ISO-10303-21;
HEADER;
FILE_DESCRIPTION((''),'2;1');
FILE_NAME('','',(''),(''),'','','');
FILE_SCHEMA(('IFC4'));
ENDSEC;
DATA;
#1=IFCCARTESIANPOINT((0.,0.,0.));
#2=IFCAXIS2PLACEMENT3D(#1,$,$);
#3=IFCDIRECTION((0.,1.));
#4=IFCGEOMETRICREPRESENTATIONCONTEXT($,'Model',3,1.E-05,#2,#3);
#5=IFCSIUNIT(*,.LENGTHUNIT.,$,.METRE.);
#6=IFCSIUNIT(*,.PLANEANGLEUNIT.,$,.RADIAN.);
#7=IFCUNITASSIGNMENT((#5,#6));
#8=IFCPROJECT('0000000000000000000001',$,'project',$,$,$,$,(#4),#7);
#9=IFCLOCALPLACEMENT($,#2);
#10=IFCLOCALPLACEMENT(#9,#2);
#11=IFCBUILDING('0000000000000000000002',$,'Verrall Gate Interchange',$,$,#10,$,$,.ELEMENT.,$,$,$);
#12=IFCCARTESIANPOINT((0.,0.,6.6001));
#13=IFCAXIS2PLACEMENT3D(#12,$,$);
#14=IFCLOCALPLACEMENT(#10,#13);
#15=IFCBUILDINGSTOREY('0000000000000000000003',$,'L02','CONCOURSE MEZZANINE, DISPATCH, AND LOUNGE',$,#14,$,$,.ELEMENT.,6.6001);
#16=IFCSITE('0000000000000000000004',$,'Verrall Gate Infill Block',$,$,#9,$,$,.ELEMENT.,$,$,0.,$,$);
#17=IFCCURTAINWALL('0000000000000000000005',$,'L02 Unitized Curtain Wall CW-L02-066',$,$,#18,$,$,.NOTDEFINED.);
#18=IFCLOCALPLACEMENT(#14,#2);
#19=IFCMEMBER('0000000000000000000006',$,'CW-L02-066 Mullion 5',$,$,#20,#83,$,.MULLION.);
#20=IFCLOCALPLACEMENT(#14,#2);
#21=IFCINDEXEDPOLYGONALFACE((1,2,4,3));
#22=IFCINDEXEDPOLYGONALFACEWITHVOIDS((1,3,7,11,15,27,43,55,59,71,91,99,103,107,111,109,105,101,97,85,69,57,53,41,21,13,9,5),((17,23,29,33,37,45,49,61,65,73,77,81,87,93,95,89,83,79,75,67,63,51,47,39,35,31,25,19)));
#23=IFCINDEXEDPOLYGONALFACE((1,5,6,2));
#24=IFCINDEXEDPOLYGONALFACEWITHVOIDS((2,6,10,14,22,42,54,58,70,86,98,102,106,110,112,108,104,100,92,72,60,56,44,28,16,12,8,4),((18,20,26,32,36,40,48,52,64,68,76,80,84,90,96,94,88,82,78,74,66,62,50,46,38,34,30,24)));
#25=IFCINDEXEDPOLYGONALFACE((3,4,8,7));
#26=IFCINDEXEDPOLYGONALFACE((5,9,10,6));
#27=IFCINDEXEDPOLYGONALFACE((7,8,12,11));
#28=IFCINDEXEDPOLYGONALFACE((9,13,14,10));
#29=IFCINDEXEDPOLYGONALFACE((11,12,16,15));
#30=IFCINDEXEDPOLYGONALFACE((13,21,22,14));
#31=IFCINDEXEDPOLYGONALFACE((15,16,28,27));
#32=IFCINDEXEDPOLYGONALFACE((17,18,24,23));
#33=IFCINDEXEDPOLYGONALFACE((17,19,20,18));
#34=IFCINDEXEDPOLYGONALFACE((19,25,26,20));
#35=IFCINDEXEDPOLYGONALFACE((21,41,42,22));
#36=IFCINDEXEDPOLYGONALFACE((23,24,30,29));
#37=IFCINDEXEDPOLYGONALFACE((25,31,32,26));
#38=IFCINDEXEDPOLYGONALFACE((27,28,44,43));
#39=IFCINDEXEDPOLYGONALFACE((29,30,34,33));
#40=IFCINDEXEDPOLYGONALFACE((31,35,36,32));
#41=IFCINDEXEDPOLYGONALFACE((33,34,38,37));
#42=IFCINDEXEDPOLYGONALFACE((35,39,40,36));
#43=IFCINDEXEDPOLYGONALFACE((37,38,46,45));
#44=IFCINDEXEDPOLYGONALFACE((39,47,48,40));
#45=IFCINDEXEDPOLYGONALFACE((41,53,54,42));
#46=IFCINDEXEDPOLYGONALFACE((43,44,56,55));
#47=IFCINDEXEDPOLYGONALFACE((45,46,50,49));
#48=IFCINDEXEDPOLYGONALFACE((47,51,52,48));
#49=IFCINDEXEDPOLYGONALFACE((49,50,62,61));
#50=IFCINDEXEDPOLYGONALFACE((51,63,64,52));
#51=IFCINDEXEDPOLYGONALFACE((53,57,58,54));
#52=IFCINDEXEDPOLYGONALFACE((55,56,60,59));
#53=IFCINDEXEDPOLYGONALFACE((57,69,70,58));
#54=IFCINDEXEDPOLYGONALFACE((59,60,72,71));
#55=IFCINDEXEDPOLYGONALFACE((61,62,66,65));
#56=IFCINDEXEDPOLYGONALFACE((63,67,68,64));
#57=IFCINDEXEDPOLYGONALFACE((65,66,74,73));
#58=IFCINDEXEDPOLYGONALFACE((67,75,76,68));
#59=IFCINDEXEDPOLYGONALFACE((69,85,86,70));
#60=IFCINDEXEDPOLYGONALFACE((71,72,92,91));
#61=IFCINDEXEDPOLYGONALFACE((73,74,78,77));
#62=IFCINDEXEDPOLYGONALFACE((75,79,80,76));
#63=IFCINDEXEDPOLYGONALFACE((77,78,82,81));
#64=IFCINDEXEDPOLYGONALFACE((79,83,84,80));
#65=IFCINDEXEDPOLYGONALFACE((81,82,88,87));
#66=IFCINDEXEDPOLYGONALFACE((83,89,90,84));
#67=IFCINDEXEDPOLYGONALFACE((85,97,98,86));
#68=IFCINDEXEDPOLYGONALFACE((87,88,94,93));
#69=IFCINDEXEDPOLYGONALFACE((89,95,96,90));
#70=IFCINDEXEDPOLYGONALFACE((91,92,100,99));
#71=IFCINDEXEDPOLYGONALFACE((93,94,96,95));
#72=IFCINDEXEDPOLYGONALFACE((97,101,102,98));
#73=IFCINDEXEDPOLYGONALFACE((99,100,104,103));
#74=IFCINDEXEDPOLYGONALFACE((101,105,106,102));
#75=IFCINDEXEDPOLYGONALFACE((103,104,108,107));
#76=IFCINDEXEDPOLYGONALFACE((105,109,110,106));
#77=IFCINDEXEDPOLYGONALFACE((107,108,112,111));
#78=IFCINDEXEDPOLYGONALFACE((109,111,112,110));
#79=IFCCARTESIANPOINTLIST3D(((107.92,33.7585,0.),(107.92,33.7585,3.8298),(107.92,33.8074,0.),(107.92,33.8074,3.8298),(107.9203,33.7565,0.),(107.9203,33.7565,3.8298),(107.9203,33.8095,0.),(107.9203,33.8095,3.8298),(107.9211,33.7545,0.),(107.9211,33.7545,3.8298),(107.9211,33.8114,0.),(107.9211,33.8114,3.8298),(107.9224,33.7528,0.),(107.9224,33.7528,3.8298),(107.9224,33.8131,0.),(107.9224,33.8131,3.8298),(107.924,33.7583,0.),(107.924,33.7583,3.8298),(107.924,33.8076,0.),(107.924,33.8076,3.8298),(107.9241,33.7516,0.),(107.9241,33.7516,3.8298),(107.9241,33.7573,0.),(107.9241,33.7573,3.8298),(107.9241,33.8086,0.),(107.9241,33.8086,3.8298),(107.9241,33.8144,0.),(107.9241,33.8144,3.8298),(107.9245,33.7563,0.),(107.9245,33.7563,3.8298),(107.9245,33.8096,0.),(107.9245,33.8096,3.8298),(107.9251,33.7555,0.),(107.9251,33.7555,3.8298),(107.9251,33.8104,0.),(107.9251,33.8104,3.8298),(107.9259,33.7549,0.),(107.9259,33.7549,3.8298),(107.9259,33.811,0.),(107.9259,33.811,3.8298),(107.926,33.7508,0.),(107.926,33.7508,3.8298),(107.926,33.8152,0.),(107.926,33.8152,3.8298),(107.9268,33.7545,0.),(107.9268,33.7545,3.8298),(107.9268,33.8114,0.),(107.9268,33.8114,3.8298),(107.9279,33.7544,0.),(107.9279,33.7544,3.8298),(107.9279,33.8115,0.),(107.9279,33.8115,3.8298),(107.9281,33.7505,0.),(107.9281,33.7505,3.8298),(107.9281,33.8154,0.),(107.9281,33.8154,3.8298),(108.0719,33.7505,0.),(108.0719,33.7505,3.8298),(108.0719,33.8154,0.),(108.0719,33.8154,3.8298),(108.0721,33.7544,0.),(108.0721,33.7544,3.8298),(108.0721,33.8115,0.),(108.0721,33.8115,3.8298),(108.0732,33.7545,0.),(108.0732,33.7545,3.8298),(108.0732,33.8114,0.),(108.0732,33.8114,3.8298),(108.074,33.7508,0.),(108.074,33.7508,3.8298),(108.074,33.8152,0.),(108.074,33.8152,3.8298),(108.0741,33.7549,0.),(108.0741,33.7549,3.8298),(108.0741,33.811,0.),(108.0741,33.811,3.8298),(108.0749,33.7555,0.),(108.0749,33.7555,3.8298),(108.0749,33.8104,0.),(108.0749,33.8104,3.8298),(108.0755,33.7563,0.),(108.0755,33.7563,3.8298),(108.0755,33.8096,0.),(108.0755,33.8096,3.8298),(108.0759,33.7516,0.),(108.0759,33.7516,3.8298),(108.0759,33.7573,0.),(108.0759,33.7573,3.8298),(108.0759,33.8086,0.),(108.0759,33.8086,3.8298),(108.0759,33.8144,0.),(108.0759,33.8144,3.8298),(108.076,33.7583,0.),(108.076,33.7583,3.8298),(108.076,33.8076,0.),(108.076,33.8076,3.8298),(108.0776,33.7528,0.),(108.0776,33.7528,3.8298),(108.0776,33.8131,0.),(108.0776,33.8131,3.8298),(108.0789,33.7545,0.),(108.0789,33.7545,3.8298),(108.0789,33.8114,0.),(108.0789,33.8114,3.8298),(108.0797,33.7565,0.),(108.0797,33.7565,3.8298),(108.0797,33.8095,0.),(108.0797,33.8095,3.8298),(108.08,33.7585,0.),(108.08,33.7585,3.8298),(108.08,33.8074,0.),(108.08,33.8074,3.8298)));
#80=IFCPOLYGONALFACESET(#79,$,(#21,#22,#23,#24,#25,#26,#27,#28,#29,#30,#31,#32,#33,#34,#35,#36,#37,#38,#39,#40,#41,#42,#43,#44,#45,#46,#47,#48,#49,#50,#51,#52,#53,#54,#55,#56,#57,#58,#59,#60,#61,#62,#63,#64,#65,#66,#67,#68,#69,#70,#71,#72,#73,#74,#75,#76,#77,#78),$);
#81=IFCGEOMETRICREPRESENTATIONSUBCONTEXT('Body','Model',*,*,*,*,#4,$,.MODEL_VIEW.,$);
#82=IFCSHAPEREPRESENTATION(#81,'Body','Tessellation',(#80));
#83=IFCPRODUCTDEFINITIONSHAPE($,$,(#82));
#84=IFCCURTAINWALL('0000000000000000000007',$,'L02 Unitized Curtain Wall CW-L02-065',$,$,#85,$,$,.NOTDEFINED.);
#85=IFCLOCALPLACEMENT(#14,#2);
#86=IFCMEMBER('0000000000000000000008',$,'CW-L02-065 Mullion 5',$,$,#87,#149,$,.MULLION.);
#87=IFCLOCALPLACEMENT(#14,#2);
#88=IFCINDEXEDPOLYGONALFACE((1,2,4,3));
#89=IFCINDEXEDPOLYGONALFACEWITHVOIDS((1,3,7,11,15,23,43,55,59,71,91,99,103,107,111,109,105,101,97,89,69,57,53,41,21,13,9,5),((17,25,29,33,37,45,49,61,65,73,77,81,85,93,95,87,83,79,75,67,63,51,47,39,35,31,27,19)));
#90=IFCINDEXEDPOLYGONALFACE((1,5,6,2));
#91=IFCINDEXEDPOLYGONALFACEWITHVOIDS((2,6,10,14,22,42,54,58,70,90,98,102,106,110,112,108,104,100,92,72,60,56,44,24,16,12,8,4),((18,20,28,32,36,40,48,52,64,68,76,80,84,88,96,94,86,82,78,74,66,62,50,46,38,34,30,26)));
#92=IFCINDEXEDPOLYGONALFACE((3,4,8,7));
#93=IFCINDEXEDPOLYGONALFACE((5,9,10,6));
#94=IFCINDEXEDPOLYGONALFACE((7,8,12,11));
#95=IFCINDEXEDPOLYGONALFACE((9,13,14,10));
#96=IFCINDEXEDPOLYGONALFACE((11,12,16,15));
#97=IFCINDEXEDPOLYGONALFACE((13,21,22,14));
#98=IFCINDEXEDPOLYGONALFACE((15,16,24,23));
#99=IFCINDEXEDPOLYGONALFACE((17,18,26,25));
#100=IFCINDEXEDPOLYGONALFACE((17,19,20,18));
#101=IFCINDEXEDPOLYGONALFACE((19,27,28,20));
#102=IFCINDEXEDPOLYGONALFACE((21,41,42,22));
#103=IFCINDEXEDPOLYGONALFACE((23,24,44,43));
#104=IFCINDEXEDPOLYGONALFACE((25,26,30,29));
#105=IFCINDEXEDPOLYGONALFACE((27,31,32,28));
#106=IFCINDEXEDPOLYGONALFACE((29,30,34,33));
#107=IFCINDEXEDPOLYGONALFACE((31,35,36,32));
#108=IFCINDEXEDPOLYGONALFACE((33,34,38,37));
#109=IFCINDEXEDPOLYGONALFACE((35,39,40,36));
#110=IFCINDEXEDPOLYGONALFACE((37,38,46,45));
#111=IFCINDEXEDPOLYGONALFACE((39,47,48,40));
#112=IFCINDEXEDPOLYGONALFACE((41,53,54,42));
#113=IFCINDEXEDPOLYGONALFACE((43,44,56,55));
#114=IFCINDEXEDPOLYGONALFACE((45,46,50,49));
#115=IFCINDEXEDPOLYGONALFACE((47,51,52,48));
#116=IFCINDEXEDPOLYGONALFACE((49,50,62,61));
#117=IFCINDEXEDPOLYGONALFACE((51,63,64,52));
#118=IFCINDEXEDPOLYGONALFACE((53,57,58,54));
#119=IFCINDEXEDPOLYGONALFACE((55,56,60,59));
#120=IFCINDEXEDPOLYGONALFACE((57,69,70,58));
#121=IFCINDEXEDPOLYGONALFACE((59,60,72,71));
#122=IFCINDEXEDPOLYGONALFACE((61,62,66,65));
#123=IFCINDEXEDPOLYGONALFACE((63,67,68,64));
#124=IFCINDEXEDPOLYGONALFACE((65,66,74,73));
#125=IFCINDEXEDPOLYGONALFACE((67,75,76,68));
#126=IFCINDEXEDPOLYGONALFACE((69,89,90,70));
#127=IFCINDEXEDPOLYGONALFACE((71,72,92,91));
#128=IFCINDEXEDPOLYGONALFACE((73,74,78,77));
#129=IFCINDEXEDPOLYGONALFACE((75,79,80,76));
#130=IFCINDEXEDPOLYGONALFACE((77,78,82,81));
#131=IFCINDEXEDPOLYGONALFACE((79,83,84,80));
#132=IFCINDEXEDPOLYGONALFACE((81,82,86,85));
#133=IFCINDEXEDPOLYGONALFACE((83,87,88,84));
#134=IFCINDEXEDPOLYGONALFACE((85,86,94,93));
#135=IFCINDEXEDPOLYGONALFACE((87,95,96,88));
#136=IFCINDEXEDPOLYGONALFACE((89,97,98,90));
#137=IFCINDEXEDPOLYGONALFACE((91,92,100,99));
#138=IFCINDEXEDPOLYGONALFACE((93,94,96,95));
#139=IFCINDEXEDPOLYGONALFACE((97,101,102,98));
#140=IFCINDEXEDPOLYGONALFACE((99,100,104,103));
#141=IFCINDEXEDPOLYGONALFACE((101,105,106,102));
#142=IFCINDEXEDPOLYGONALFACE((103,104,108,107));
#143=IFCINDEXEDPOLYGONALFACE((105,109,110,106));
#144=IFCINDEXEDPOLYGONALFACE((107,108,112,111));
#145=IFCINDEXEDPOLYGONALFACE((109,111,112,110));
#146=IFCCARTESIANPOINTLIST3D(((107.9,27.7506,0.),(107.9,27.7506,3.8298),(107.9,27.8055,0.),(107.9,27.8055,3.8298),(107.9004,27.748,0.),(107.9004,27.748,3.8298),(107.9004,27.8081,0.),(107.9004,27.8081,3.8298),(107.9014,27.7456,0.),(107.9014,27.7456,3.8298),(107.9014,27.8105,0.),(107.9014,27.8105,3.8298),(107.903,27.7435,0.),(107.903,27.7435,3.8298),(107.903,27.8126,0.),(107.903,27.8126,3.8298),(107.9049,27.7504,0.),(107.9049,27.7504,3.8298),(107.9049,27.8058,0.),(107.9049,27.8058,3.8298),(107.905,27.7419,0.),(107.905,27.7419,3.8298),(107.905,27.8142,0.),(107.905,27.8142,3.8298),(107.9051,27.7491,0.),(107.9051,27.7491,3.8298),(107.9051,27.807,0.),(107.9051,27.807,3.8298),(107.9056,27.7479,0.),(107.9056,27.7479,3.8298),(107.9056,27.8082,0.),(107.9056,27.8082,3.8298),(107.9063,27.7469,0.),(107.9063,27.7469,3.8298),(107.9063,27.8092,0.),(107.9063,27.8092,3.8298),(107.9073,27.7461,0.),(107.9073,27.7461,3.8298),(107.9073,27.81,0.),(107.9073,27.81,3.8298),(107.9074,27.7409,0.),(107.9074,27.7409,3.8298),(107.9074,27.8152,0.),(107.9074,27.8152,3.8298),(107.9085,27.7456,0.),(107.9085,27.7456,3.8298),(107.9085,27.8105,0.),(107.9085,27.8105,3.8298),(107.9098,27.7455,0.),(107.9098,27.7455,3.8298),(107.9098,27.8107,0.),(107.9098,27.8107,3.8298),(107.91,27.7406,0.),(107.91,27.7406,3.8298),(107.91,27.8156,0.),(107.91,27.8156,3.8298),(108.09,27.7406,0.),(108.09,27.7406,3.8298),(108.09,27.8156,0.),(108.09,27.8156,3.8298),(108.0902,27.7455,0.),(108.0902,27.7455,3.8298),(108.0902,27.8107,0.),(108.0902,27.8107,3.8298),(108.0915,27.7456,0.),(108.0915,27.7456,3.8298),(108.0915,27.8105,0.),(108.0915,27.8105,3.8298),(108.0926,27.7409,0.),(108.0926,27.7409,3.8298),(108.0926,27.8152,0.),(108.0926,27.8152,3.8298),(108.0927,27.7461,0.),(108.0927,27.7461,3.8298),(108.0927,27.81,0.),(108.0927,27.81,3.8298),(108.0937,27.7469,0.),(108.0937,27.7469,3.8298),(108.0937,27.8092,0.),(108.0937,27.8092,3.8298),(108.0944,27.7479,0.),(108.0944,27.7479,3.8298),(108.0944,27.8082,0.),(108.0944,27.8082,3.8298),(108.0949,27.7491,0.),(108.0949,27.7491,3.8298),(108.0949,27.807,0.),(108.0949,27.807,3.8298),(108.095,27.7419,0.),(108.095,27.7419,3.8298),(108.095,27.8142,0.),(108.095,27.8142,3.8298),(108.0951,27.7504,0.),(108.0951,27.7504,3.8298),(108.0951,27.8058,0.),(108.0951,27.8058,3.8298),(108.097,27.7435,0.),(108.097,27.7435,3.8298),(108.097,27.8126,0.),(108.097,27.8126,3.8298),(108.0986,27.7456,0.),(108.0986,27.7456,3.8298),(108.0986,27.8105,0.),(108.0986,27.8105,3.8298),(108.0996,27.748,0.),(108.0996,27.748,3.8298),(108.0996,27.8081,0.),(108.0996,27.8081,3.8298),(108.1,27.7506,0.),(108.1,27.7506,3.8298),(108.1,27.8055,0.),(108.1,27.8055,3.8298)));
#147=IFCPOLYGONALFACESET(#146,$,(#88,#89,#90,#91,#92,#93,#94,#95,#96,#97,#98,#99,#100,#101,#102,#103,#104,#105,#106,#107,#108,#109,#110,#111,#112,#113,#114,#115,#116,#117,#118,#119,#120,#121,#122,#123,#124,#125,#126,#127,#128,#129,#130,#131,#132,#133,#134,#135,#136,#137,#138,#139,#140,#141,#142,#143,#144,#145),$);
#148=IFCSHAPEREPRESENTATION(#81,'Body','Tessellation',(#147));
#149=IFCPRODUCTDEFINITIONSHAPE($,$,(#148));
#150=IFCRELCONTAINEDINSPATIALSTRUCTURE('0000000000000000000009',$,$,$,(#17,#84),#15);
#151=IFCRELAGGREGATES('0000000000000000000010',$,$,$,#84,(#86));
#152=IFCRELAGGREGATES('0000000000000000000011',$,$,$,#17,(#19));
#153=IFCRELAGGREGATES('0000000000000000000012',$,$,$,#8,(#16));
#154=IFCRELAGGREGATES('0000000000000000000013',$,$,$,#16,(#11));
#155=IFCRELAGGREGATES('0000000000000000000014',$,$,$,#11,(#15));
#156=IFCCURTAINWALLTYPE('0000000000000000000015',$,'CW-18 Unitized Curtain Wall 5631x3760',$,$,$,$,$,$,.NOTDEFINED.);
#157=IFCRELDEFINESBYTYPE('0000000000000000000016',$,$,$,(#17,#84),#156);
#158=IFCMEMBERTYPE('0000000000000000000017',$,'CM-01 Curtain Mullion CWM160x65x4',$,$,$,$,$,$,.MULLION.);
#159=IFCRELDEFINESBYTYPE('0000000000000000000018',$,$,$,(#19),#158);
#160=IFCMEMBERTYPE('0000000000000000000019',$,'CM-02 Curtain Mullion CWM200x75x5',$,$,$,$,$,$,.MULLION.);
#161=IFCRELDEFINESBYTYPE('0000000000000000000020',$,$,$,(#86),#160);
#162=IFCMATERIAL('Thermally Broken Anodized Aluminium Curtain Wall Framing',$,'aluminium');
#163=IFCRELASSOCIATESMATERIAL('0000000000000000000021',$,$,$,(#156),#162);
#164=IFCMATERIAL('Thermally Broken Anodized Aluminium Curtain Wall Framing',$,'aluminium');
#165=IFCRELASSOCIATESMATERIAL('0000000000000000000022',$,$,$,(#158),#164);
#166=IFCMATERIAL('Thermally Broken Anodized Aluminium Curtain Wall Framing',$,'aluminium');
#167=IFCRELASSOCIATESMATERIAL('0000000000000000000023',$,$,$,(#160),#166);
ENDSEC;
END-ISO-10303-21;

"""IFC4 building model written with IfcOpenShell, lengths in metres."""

from ifc_helpers import new_model, si_unit, direction, frame, origin, origin_2d, place, context, subcontext, project, spatial, hollow_rectangle, extrude, material, material_profile, profile_set, type_object, element, aggregate, save


model = new_model("IFC4")

# Units and contexts
model_context = context("Model", 3, precision=1e-05, world=origin(), true_north=direction((0.0, 1.0)))
body_context = subcontext(model_context, "Body", "Model", "MODEL_VIEW")
ifc_project = project(units=[si_unit("LENGTHUNIT", "METRE"), si_unit("PLANEANGLEUNIT", "RADIAN")], contexts=[model_context])

# Site, building, storey
site_placement = place(None, origin())
site = spatial("IfcSite", under=ifc_project, at=site_placement, Name="Verrall Gate Infill Block", CompositionType="ELEMENT", RefElevation=0.0)
building_placement = place(site_placement, origin())
building = spatial("IfcBuilding", under=site, at=building_placement, Name="Verrall Gate Interchange", CompositionType="ELEMENT")
storey_placement = place(building_placement, frame((0.0, 0.0, 6.6001)))
storey = spatial("IfcBuildingStorey", under=building, at=storey_placement, Name="L02", Description="CONCOURSE MEZZANINE, DISPATCH, AND LOUNGE", CompositionType="ELEMENT", Elevation=6.6001)

# Curtain wall, member
ifc_material_1 = material(Name="Thermally Broken Anodized Aluminium Curtain Wall Framing", Category="aluminium")
curtain_wall_type = type_object("IfcCurtainWallType", Name="CW-18 Unitized Curtain Wall 5631x3760", PredefinedType="NOTDEFINED", material=ifc_material_1)
curtain_wall_1_placement = place(storey_placement, origin())
curtain_wall_1 = element("IfcCurtainWall", 1, at=curtain_wall_1_placement, inside=storey, type_object=curtain_wall_type, Name="L02 Unitized Curtain Wall CW-L02-066", PredefinedType="NOTDEFINED")
ifc_material_2 = material(Name="Thermally Broken Anodized Aluminium Curtain Wall Framing", Category="aluminium")
ifc_material_profile_1 = material_profile(ifc_material_2, hollow_rectangle(XDim=0.0649, YDim=0.1599, WallThickness=0.0039, InnerFilletRadius=0.0039, OuterFilletRadius=0.0081, at=origin_2d()), Name="CWM160x65x4")
ifc_profile_set_1 = profile_set([ifc_material_profile_1], Name="Thermally Broken Anodized Aluminium Curtain Wall Framing")
member_type_1 = type_object("IfcMemberType", Name="CM-01 Curtain Mullion CWM160x65x4", PredefinedType="MULLION", material=ifc_profile_set_1)
member_1_placement = place(storey_placement, frame((108.0, 33.783, 0.0), z_axis=(0.0, 0.0, 1.0), x_axis=(0.0, 1.0, 0.0)))
member_1 = element("IfcMember", 2, at=member_1_placement, type_object=member_type_1, Name="CW-L02-066 Mullion 5", PredefinedType="MULLION", context=body_context, shape_type="SweptSolid", body=[
    extrude(hollow_rectangle(XDim=0.0649, YDim=0.1599, WallThickness=0.0039, InnerFilletRadius=0.0039, OuterFilletRadius=0.0081, at=origin_2d()), origin(), (0.0, 0.0, 1.0), 3.8298),
])

# Curtain wall, member
curtain_wall_2_placement = place(storey_placement, origin())
curtain_wall_2 = element("IfcCurtainWall", 3, at=curtain_wall_2_placement, inside=storey, type_object=curtain_wall_type, Name="L02 Unitized Curtain Wall CW-L02-065", PredefinedType="NOTDEFINED")
ifc_material_3 = material(Name="Thermally Broken Anodized Aluminium Curtain Wall Framing", Category="aluminium")
ifc_material_profile_2 = material_profile(ifc_material_3, hollow_rectangle(XDim=0.075, YDim=0.2, WallThickness=0.0049, InnerFilletRadius=0.0049, OuterFilletRadius=0.01, at=origin_2d()), Name="CWM200x75x5")
ifc_profile_set_2 = profile_set([ifc_material_profile_2], Name="Thermally Broken Anodized Aluminium Curtain Wall Framing")
member_type_2 = type_object("IfcMemberType", Name="CM-02 Curtain Mullion CWM200x75x5", PredefinedType="MULLION", material=ifc_profile_set_2)
member_2_placement = place(storey_placement, frame((108.0, 27.7781, 0.0), z_axis=(0.0, 0.0, 1.0), x_axis=(0.0, 1.0, 0.0)))
member_2 = element("IfcMember", 4, at=member_2_placement, type_object=member_type_2, Name="CW-L02-065 Mullion 5", PredefinedType="MULLION", context=body_context, shape_type="SweptSolid", body=[
    extrude(hollow_rectangle(XDim=0.075, YDim=0.2, WallThickness=0.0049, InnerFilletRadius=0.0049, OuterFilletRadius=0.01, at=origin_2d()), origin(), (0.0, 0.0, 1.0), 3.8298),
])
aggregate(curtain_wall_2, [member_2])

aggregate(curtain_wall_1, [member_1])

save(model, "model.ifc")
